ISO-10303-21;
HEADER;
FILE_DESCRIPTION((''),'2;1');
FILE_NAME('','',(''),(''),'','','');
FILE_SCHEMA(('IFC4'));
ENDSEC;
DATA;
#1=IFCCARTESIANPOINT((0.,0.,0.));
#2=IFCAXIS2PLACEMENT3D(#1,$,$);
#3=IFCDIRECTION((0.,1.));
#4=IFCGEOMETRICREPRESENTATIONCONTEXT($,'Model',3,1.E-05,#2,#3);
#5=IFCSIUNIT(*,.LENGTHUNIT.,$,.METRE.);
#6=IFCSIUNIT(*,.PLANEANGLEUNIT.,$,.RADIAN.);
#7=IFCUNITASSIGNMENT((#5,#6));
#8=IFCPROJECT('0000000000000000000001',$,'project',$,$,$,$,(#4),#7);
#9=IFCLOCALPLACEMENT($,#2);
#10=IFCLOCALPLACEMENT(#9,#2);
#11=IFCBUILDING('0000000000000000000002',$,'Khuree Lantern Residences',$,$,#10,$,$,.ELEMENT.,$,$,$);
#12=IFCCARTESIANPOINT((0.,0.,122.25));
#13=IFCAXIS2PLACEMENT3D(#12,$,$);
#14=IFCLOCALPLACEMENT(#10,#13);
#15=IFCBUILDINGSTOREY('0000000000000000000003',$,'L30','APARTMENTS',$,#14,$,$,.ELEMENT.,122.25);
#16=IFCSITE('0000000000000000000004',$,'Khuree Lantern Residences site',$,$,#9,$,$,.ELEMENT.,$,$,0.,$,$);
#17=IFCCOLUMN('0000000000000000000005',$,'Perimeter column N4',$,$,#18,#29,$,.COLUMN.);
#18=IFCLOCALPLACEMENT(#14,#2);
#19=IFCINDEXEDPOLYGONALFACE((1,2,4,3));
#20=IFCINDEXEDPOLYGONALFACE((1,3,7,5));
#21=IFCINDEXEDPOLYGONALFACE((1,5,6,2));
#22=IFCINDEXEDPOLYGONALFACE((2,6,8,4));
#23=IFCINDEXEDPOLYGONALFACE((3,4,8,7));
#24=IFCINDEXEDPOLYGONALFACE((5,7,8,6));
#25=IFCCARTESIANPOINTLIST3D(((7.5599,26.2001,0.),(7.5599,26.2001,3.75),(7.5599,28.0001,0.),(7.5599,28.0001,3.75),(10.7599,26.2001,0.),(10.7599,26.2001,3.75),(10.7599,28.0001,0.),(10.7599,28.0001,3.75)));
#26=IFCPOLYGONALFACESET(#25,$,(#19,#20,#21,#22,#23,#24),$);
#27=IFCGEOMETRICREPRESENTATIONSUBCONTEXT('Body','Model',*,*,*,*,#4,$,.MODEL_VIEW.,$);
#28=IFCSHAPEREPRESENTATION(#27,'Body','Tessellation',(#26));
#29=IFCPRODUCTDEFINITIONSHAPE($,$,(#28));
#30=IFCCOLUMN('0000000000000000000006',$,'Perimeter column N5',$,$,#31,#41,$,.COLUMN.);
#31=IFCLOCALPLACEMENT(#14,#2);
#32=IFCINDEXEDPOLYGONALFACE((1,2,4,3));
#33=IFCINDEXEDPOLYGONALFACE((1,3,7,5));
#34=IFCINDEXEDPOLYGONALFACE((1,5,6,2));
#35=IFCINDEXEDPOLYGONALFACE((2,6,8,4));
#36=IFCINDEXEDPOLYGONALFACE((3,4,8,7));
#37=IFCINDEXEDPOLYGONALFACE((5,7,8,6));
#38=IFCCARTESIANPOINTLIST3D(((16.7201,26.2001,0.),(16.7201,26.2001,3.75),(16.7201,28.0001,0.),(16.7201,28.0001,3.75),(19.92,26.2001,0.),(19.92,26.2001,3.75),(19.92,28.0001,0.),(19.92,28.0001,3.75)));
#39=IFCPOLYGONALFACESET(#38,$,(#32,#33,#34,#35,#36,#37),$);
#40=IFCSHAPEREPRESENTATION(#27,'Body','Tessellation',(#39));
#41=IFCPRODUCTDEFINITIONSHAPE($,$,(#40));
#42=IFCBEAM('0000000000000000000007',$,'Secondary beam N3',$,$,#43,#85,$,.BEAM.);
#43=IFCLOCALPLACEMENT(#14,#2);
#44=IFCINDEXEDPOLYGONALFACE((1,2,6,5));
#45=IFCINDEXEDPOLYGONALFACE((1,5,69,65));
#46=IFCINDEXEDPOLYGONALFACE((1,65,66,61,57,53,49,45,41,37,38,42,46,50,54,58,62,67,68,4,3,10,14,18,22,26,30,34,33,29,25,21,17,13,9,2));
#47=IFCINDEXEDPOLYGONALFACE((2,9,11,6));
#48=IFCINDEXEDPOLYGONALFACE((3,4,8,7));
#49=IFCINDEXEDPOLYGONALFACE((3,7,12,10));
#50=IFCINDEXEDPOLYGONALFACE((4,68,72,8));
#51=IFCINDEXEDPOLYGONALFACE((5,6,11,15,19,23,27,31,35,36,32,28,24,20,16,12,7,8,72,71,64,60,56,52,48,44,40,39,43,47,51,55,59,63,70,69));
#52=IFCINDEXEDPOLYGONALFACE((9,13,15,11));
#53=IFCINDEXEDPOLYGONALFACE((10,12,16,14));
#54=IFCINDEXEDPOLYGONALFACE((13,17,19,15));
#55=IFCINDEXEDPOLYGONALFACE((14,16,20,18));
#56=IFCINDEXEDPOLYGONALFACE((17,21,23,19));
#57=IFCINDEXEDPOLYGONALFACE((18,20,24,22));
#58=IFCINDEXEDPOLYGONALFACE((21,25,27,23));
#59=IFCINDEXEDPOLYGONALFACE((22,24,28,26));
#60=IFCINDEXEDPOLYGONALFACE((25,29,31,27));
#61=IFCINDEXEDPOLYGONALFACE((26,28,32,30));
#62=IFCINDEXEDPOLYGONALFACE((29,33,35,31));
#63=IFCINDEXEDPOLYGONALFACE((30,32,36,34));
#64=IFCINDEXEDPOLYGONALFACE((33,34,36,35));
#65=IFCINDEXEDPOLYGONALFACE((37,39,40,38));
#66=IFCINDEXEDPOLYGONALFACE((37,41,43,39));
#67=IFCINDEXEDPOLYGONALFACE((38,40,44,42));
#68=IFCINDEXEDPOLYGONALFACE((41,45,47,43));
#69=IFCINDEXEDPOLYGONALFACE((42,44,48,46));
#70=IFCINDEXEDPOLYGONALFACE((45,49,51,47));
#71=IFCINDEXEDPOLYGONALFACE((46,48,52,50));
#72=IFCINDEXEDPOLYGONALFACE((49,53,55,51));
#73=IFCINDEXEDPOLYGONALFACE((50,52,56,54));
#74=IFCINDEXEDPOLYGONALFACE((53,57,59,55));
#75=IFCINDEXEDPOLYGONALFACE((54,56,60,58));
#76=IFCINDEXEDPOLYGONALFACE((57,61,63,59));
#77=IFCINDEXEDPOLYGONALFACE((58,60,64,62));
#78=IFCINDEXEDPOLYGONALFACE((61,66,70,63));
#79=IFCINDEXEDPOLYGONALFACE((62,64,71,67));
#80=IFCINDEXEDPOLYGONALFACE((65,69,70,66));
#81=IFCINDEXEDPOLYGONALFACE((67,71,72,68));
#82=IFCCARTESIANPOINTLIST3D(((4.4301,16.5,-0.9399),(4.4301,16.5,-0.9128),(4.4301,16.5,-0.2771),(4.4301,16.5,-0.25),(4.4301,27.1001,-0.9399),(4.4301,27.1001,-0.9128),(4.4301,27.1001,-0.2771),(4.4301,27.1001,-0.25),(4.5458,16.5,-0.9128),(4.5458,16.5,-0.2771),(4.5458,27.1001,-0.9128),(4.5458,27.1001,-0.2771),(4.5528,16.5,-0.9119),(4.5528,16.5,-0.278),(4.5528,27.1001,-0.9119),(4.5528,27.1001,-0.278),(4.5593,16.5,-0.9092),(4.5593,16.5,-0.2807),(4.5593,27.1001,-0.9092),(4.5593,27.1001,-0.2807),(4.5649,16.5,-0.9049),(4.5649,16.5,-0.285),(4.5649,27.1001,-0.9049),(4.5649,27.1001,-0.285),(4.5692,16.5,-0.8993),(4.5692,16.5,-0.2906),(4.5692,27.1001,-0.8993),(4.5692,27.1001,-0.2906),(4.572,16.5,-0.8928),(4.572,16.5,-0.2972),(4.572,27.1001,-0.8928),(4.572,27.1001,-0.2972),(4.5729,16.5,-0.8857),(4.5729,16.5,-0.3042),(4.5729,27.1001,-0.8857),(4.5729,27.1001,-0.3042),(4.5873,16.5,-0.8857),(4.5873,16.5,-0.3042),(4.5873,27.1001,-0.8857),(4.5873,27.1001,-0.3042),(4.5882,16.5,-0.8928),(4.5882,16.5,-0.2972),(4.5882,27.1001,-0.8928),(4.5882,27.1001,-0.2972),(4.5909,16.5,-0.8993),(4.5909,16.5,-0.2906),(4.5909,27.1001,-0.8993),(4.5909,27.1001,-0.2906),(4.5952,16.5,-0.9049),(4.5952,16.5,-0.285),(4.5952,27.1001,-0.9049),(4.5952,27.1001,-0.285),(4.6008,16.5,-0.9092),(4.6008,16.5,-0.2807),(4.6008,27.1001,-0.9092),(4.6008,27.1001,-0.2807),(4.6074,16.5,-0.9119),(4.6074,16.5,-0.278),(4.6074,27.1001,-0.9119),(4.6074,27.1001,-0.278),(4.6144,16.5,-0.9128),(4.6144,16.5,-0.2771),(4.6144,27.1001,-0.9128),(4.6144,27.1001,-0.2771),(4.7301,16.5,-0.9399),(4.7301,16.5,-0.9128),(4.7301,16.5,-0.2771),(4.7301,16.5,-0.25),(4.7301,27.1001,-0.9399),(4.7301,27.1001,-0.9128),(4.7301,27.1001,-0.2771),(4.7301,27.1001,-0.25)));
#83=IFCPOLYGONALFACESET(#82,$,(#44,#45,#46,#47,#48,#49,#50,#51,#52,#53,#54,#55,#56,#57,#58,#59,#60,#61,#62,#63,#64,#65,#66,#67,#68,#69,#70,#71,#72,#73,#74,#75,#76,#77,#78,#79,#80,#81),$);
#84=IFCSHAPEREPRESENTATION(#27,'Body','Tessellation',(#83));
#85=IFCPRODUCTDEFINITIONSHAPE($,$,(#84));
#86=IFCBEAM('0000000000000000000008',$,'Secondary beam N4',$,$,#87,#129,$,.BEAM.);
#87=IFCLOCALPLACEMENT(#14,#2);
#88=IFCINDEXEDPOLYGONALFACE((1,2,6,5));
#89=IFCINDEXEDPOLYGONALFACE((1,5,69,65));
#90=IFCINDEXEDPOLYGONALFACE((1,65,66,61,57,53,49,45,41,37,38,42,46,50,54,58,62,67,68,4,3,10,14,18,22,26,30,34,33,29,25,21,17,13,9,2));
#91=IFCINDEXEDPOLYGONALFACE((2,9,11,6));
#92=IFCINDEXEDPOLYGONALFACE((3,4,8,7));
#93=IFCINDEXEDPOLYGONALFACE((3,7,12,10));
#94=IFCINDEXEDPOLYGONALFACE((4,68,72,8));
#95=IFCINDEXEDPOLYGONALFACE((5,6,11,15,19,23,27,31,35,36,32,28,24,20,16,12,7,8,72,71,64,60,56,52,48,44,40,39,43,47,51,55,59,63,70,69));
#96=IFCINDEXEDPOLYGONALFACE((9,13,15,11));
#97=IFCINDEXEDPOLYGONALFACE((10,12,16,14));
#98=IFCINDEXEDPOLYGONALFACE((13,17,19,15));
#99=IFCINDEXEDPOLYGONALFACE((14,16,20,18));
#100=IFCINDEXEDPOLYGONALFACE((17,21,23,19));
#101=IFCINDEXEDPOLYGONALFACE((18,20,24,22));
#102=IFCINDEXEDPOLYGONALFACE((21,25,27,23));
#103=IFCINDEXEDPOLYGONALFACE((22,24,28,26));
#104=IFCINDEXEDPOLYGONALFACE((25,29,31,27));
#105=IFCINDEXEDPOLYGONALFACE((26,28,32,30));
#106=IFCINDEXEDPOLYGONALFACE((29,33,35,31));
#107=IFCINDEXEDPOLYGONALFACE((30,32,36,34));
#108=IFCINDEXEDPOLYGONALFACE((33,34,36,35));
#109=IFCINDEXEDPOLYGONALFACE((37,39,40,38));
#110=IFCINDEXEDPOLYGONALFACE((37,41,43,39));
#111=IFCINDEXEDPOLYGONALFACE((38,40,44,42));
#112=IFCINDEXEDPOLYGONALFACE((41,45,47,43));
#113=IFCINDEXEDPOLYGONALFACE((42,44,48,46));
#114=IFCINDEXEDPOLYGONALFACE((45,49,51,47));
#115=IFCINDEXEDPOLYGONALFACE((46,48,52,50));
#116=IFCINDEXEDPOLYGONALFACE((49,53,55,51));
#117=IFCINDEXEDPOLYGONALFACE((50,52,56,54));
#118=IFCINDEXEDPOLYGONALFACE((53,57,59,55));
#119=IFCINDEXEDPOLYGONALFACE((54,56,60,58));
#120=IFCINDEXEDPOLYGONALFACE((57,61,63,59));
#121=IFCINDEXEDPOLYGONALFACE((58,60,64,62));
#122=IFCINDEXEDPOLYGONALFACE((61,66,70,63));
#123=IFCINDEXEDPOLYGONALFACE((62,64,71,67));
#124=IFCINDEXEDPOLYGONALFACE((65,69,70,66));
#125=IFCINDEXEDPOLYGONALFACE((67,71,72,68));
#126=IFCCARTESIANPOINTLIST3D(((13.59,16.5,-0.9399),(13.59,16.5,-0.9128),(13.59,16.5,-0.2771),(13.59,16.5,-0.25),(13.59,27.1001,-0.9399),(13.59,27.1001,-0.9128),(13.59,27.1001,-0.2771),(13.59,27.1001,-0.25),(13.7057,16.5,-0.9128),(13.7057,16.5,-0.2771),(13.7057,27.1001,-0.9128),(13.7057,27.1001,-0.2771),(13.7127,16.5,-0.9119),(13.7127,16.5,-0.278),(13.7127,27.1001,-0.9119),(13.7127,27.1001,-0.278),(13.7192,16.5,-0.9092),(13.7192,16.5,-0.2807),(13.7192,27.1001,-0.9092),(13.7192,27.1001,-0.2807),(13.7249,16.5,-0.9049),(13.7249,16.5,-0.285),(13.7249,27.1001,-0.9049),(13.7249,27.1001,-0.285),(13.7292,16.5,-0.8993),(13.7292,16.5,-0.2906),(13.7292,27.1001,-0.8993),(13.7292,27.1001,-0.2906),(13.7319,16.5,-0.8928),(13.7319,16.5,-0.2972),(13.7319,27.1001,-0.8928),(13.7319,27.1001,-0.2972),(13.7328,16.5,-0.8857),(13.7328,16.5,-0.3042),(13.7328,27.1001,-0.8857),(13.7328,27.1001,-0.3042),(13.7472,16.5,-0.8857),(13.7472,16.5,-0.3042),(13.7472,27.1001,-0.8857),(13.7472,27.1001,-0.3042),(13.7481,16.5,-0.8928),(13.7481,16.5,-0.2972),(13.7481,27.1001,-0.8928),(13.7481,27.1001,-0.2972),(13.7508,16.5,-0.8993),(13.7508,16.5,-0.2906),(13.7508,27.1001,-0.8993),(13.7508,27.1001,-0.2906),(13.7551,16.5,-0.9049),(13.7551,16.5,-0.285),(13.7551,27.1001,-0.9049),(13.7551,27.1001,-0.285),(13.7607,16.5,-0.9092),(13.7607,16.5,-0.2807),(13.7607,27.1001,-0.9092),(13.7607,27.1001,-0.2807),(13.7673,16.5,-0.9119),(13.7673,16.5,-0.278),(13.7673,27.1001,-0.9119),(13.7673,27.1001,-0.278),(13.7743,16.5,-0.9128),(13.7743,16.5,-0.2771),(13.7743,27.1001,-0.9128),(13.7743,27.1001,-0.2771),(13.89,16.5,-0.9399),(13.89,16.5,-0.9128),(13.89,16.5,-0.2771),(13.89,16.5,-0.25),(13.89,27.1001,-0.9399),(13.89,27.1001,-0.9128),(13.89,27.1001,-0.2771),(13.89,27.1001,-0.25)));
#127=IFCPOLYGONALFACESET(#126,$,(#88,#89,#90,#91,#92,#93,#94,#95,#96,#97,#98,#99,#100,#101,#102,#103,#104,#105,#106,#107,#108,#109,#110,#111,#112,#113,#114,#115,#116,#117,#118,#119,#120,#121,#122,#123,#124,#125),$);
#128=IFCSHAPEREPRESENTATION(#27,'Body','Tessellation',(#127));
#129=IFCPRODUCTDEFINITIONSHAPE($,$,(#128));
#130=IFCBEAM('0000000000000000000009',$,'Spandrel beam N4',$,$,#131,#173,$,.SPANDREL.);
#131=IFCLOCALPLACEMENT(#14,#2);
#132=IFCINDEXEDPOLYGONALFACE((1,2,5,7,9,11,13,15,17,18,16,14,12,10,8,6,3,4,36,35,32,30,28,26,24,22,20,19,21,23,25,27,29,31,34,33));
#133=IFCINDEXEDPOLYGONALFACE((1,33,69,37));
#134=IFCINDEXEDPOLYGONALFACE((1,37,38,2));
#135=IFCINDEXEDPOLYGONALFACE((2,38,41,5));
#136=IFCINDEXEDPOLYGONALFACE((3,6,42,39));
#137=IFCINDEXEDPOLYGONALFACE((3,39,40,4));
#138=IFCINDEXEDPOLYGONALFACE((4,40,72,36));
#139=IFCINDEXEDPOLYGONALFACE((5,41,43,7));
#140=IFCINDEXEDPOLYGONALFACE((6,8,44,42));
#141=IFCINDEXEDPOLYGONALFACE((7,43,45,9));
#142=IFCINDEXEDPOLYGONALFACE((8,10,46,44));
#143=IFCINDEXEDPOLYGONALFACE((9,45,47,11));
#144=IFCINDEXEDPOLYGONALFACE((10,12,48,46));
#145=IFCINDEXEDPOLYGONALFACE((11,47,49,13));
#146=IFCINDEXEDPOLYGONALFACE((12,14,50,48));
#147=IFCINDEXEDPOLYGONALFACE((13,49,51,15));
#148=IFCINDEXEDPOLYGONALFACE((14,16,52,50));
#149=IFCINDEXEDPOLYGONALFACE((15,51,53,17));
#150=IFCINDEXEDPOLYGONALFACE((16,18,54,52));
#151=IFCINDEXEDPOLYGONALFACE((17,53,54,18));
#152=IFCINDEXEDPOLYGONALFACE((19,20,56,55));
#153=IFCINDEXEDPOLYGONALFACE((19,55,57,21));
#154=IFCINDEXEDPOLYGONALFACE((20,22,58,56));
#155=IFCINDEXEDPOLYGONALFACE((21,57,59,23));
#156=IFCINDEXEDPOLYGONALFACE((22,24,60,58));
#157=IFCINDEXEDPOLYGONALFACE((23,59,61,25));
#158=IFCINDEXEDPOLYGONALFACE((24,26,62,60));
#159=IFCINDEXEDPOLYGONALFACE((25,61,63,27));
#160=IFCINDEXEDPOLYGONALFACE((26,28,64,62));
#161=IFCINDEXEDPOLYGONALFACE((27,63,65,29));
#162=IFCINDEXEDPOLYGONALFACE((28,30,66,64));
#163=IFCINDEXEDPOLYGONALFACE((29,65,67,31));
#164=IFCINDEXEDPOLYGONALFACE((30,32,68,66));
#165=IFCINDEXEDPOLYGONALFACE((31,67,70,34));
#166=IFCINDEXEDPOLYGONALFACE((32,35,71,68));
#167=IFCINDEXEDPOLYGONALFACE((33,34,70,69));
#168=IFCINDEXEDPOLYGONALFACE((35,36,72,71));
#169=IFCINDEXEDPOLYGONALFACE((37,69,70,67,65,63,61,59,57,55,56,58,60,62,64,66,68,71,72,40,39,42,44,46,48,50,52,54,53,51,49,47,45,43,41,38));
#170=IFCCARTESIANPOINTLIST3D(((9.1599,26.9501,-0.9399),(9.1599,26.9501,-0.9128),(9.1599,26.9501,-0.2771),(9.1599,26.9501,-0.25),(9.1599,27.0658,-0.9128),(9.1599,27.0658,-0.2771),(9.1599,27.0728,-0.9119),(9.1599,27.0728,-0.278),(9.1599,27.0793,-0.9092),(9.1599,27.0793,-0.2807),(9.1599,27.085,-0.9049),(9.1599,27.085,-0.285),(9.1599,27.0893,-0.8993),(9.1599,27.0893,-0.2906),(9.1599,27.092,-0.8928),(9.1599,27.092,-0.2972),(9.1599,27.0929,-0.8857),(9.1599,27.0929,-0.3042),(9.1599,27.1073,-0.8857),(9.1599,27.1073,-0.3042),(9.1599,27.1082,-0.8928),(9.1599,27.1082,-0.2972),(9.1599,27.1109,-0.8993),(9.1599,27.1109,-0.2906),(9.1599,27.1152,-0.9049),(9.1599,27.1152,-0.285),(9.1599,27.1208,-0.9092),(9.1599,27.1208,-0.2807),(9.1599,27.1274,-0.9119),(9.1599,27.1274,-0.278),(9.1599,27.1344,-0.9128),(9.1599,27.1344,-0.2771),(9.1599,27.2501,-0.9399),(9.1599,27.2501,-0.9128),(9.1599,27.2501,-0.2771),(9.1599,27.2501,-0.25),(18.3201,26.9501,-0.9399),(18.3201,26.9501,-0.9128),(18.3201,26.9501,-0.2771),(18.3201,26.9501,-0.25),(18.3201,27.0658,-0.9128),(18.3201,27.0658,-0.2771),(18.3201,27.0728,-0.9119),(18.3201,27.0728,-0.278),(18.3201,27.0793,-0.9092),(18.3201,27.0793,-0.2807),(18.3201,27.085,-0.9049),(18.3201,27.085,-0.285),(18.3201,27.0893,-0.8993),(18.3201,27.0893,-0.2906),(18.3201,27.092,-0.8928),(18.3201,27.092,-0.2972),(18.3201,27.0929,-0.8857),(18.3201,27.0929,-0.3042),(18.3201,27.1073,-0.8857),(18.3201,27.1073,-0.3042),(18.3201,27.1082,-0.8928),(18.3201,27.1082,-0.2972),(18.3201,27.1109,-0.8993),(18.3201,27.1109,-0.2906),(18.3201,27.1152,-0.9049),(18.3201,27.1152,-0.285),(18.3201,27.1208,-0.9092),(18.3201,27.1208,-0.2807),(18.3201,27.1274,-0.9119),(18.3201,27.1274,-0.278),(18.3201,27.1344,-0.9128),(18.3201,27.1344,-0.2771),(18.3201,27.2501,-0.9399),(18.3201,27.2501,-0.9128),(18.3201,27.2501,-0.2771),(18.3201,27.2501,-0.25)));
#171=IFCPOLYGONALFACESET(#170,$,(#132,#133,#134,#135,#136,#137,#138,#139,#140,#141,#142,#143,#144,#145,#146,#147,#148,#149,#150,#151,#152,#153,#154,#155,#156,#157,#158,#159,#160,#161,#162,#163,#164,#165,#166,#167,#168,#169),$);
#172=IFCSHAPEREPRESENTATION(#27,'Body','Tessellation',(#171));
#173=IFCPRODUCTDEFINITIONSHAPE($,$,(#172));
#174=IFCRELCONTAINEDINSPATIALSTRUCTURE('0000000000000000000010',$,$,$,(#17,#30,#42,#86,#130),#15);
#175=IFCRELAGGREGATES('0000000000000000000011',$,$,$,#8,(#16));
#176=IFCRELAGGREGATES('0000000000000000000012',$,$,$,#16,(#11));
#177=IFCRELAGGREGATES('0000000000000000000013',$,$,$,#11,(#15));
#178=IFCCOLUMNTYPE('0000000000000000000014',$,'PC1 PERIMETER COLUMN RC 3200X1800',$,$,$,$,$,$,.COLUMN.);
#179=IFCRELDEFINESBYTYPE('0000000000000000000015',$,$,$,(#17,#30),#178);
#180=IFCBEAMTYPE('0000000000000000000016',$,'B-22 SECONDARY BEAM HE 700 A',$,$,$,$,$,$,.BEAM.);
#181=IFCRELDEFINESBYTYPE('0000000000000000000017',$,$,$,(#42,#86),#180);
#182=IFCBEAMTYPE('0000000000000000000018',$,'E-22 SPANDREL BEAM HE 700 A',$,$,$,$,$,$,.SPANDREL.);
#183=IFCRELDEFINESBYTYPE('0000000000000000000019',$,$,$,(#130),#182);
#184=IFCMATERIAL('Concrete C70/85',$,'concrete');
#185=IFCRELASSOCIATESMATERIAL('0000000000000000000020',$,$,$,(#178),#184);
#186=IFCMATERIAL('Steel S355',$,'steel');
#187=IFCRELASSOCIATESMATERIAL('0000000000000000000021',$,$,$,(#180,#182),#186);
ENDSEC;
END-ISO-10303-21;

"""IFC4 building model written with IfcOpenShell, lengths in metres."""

from ifc_helpers import new_model, si_unit, direction, frame, origin, origin_2d, place, context, subcontext, project, spatial, rectangle, i_section, extrude, material, material_profile, profile_set, type_object, element, save


model = new_model("IFC4")

# Units and contexts
model_context = context("Model", 3, precision=1e-05, world=origin(), true_north=direction((0.0, 1.0)))
body_context = subcontext(model_context, "Body", "Model", "MODEL_VIEW")
ifc_project = project(units=[si_unit("LENGTHUNIT", "METRE"), si_unit("PLANEANGLEUNIT", "RADIAN")], contexts=[model_context])

# Site, building, storey
site_placement = place(None, origin())
site = spatial("IfcSite", under=ifc_project, at=site_placement, Name="Khuree Lantern Residences site", CompositionType="ELEMENT", RefElevation=0.0)
building_placement = place(site_placement, origin())
building = spatial("IfcBuilding", under=site, at=building_placement, Name="Khuree Lantern Residences", CompositionType="ELEMENT")
storey_placement = place(building_placement, frame((0.0, 0.0, 122.25)))
storey = spatial("IfcBuildingStorey", under=building, at=storey_placement, Name="L30", Description="APARTMENTS", CompositionType="ELEMENT", Elevation=122.25)

# Columns
ifc_material_1 = material(Name="Concrete C70/85", Category="concrete")
ifc_material_profile_1 = material_profile(ifc_material_1, rectangle(XDim=3.2, YDim=1.8, at=origin_2d()), Name="RC 3200X1800")
ifc_profile_set_1 = profile_set([ifc_material_profile_1], Name="Concrete C70/85")
column_type = type_object("IfcColumnType", Name="PC1 PERIMETER COLUMN RC 3200X1800", PredefinedType="COLUMN", material=ifc_profile_set_1)
for number, where, z_axis, x_axis, name in (
    (1, (9.1599, 27.1001, 0.0), (0.0, 0.0, 1.0), (1.0, 0.0, 0.0), "Perimeter column N4"),
    (2, (18.3201, 27.1001, 0.0), (0.0, 0.0, 1.0), (1.0, 0.0, 0.0), "Perimeter column N5"),
):
    element("IfcColumn", number, at=place(storey_placement, frame(where, z_axis=z_axis, x_axis=x_axis)), inside=storey, type_object=column_type, Name=name, PredefinedType="COLUMN", context=body_context, shape_type="SweptSolid", body=[
        extrude(rectangle(XDim=3.2, YDim=1.8, at=origin_2d()), origin(), (0.0, 0.0, 1.0), 3.75),
    ])

# Beams
ifc_material_2 = material(Name="Steel S355", Category="steel")
ifc_material_profile_2 = material_profile(ifc_material_2, i_section(OverallWidth=0.3, OverallDepth=0.6899, WebThickness=0.0144, FlangeThickness=0.0271, FilletRadius=0.0271, at=origin_2d()), Name="HE 700 A")
ifc_profile_set_2 = profile_set([ifc_material_profile_2], Name="Steel S355")
beam_type_1 = type_object("IfcBeamType", Name="B-22 SECONDARY BEAM HE 700 A", PredefinedType="BEAM", material=ifc_profile_set_2)
for number, where, z_axis, x_axis, name in (
    (3, (4.5801, 27.1001, -0.595), (0.0, -1.0, 0.0), (1.0, 0.0, 0.0), "Secondary beam N3"),
    (4, (13.74, 27.1001, -0.595), (0.0, -1.0, 0.0), (1.0, 0.0, 0.0), "Secondary beam N4"),
):
    element("IfcBeam", number, at=place(storey_placement, frame(where, z_axis=z_axis, x_axis=x_axis)), inside=storey, type_object=beam_type_1, Name=name, PredefinedType="BEAM", context=body_context, shape_type="SweptSolid", body=[
        extrude(i_section(OverallWidth=0.3, OverallDepth=0.6899, WebThickness=0.0144, FlangeThickness=0.0271, FilletRadius=0.0271, at=origin_2d()), origin(), (0.0, 0.0, 1.0), 10.6001),
    ])
ifc_material_profile_3 = material_profile(ifc_material_2, i_section(OverallWidth=0.3, OverallDepth=0.6899, WebThickness=0.0144, FlangeThickness=0.0271, FilletRadius=0.0271, at=origin_2d()), Name="HE 700 A")
ifc_profile_set_3 = profile_set([ifc_material_profile_3], Name="Steel S355")
beam_type_2 = type_object("IfcBeamType", Name="E-22 SPANDREL BEAM HE 700 A", PredefinedType="SPANDREL", material=ifc_profile_set_3)
beam_1_placement = place(storey_placement, frame((9.1599, 27.1001, -0.595), z_axis=(1.0, 0.0, 0.0), x_axis=(0.0, 1.0, 0.0)))
element("IfcBeam", 5, at=beam_1_placement, inside=storey, type_object=beam_type_2, Name="Spandrel beam N4", PredefinedType="SPANDREL", context=body_context, shape_type="SweptSolid", body=[
    extrude(i_section(OverallWidth=0.3, OverallDepth=0.6899, WebThickness=0.0144, FlangeThickness=0.0271, FilletRadius=0.0271, at=origin_2d()), origin(), (0.0, 0.0, 1.0), 9.1602),
])

save(model, "model.ifc")
